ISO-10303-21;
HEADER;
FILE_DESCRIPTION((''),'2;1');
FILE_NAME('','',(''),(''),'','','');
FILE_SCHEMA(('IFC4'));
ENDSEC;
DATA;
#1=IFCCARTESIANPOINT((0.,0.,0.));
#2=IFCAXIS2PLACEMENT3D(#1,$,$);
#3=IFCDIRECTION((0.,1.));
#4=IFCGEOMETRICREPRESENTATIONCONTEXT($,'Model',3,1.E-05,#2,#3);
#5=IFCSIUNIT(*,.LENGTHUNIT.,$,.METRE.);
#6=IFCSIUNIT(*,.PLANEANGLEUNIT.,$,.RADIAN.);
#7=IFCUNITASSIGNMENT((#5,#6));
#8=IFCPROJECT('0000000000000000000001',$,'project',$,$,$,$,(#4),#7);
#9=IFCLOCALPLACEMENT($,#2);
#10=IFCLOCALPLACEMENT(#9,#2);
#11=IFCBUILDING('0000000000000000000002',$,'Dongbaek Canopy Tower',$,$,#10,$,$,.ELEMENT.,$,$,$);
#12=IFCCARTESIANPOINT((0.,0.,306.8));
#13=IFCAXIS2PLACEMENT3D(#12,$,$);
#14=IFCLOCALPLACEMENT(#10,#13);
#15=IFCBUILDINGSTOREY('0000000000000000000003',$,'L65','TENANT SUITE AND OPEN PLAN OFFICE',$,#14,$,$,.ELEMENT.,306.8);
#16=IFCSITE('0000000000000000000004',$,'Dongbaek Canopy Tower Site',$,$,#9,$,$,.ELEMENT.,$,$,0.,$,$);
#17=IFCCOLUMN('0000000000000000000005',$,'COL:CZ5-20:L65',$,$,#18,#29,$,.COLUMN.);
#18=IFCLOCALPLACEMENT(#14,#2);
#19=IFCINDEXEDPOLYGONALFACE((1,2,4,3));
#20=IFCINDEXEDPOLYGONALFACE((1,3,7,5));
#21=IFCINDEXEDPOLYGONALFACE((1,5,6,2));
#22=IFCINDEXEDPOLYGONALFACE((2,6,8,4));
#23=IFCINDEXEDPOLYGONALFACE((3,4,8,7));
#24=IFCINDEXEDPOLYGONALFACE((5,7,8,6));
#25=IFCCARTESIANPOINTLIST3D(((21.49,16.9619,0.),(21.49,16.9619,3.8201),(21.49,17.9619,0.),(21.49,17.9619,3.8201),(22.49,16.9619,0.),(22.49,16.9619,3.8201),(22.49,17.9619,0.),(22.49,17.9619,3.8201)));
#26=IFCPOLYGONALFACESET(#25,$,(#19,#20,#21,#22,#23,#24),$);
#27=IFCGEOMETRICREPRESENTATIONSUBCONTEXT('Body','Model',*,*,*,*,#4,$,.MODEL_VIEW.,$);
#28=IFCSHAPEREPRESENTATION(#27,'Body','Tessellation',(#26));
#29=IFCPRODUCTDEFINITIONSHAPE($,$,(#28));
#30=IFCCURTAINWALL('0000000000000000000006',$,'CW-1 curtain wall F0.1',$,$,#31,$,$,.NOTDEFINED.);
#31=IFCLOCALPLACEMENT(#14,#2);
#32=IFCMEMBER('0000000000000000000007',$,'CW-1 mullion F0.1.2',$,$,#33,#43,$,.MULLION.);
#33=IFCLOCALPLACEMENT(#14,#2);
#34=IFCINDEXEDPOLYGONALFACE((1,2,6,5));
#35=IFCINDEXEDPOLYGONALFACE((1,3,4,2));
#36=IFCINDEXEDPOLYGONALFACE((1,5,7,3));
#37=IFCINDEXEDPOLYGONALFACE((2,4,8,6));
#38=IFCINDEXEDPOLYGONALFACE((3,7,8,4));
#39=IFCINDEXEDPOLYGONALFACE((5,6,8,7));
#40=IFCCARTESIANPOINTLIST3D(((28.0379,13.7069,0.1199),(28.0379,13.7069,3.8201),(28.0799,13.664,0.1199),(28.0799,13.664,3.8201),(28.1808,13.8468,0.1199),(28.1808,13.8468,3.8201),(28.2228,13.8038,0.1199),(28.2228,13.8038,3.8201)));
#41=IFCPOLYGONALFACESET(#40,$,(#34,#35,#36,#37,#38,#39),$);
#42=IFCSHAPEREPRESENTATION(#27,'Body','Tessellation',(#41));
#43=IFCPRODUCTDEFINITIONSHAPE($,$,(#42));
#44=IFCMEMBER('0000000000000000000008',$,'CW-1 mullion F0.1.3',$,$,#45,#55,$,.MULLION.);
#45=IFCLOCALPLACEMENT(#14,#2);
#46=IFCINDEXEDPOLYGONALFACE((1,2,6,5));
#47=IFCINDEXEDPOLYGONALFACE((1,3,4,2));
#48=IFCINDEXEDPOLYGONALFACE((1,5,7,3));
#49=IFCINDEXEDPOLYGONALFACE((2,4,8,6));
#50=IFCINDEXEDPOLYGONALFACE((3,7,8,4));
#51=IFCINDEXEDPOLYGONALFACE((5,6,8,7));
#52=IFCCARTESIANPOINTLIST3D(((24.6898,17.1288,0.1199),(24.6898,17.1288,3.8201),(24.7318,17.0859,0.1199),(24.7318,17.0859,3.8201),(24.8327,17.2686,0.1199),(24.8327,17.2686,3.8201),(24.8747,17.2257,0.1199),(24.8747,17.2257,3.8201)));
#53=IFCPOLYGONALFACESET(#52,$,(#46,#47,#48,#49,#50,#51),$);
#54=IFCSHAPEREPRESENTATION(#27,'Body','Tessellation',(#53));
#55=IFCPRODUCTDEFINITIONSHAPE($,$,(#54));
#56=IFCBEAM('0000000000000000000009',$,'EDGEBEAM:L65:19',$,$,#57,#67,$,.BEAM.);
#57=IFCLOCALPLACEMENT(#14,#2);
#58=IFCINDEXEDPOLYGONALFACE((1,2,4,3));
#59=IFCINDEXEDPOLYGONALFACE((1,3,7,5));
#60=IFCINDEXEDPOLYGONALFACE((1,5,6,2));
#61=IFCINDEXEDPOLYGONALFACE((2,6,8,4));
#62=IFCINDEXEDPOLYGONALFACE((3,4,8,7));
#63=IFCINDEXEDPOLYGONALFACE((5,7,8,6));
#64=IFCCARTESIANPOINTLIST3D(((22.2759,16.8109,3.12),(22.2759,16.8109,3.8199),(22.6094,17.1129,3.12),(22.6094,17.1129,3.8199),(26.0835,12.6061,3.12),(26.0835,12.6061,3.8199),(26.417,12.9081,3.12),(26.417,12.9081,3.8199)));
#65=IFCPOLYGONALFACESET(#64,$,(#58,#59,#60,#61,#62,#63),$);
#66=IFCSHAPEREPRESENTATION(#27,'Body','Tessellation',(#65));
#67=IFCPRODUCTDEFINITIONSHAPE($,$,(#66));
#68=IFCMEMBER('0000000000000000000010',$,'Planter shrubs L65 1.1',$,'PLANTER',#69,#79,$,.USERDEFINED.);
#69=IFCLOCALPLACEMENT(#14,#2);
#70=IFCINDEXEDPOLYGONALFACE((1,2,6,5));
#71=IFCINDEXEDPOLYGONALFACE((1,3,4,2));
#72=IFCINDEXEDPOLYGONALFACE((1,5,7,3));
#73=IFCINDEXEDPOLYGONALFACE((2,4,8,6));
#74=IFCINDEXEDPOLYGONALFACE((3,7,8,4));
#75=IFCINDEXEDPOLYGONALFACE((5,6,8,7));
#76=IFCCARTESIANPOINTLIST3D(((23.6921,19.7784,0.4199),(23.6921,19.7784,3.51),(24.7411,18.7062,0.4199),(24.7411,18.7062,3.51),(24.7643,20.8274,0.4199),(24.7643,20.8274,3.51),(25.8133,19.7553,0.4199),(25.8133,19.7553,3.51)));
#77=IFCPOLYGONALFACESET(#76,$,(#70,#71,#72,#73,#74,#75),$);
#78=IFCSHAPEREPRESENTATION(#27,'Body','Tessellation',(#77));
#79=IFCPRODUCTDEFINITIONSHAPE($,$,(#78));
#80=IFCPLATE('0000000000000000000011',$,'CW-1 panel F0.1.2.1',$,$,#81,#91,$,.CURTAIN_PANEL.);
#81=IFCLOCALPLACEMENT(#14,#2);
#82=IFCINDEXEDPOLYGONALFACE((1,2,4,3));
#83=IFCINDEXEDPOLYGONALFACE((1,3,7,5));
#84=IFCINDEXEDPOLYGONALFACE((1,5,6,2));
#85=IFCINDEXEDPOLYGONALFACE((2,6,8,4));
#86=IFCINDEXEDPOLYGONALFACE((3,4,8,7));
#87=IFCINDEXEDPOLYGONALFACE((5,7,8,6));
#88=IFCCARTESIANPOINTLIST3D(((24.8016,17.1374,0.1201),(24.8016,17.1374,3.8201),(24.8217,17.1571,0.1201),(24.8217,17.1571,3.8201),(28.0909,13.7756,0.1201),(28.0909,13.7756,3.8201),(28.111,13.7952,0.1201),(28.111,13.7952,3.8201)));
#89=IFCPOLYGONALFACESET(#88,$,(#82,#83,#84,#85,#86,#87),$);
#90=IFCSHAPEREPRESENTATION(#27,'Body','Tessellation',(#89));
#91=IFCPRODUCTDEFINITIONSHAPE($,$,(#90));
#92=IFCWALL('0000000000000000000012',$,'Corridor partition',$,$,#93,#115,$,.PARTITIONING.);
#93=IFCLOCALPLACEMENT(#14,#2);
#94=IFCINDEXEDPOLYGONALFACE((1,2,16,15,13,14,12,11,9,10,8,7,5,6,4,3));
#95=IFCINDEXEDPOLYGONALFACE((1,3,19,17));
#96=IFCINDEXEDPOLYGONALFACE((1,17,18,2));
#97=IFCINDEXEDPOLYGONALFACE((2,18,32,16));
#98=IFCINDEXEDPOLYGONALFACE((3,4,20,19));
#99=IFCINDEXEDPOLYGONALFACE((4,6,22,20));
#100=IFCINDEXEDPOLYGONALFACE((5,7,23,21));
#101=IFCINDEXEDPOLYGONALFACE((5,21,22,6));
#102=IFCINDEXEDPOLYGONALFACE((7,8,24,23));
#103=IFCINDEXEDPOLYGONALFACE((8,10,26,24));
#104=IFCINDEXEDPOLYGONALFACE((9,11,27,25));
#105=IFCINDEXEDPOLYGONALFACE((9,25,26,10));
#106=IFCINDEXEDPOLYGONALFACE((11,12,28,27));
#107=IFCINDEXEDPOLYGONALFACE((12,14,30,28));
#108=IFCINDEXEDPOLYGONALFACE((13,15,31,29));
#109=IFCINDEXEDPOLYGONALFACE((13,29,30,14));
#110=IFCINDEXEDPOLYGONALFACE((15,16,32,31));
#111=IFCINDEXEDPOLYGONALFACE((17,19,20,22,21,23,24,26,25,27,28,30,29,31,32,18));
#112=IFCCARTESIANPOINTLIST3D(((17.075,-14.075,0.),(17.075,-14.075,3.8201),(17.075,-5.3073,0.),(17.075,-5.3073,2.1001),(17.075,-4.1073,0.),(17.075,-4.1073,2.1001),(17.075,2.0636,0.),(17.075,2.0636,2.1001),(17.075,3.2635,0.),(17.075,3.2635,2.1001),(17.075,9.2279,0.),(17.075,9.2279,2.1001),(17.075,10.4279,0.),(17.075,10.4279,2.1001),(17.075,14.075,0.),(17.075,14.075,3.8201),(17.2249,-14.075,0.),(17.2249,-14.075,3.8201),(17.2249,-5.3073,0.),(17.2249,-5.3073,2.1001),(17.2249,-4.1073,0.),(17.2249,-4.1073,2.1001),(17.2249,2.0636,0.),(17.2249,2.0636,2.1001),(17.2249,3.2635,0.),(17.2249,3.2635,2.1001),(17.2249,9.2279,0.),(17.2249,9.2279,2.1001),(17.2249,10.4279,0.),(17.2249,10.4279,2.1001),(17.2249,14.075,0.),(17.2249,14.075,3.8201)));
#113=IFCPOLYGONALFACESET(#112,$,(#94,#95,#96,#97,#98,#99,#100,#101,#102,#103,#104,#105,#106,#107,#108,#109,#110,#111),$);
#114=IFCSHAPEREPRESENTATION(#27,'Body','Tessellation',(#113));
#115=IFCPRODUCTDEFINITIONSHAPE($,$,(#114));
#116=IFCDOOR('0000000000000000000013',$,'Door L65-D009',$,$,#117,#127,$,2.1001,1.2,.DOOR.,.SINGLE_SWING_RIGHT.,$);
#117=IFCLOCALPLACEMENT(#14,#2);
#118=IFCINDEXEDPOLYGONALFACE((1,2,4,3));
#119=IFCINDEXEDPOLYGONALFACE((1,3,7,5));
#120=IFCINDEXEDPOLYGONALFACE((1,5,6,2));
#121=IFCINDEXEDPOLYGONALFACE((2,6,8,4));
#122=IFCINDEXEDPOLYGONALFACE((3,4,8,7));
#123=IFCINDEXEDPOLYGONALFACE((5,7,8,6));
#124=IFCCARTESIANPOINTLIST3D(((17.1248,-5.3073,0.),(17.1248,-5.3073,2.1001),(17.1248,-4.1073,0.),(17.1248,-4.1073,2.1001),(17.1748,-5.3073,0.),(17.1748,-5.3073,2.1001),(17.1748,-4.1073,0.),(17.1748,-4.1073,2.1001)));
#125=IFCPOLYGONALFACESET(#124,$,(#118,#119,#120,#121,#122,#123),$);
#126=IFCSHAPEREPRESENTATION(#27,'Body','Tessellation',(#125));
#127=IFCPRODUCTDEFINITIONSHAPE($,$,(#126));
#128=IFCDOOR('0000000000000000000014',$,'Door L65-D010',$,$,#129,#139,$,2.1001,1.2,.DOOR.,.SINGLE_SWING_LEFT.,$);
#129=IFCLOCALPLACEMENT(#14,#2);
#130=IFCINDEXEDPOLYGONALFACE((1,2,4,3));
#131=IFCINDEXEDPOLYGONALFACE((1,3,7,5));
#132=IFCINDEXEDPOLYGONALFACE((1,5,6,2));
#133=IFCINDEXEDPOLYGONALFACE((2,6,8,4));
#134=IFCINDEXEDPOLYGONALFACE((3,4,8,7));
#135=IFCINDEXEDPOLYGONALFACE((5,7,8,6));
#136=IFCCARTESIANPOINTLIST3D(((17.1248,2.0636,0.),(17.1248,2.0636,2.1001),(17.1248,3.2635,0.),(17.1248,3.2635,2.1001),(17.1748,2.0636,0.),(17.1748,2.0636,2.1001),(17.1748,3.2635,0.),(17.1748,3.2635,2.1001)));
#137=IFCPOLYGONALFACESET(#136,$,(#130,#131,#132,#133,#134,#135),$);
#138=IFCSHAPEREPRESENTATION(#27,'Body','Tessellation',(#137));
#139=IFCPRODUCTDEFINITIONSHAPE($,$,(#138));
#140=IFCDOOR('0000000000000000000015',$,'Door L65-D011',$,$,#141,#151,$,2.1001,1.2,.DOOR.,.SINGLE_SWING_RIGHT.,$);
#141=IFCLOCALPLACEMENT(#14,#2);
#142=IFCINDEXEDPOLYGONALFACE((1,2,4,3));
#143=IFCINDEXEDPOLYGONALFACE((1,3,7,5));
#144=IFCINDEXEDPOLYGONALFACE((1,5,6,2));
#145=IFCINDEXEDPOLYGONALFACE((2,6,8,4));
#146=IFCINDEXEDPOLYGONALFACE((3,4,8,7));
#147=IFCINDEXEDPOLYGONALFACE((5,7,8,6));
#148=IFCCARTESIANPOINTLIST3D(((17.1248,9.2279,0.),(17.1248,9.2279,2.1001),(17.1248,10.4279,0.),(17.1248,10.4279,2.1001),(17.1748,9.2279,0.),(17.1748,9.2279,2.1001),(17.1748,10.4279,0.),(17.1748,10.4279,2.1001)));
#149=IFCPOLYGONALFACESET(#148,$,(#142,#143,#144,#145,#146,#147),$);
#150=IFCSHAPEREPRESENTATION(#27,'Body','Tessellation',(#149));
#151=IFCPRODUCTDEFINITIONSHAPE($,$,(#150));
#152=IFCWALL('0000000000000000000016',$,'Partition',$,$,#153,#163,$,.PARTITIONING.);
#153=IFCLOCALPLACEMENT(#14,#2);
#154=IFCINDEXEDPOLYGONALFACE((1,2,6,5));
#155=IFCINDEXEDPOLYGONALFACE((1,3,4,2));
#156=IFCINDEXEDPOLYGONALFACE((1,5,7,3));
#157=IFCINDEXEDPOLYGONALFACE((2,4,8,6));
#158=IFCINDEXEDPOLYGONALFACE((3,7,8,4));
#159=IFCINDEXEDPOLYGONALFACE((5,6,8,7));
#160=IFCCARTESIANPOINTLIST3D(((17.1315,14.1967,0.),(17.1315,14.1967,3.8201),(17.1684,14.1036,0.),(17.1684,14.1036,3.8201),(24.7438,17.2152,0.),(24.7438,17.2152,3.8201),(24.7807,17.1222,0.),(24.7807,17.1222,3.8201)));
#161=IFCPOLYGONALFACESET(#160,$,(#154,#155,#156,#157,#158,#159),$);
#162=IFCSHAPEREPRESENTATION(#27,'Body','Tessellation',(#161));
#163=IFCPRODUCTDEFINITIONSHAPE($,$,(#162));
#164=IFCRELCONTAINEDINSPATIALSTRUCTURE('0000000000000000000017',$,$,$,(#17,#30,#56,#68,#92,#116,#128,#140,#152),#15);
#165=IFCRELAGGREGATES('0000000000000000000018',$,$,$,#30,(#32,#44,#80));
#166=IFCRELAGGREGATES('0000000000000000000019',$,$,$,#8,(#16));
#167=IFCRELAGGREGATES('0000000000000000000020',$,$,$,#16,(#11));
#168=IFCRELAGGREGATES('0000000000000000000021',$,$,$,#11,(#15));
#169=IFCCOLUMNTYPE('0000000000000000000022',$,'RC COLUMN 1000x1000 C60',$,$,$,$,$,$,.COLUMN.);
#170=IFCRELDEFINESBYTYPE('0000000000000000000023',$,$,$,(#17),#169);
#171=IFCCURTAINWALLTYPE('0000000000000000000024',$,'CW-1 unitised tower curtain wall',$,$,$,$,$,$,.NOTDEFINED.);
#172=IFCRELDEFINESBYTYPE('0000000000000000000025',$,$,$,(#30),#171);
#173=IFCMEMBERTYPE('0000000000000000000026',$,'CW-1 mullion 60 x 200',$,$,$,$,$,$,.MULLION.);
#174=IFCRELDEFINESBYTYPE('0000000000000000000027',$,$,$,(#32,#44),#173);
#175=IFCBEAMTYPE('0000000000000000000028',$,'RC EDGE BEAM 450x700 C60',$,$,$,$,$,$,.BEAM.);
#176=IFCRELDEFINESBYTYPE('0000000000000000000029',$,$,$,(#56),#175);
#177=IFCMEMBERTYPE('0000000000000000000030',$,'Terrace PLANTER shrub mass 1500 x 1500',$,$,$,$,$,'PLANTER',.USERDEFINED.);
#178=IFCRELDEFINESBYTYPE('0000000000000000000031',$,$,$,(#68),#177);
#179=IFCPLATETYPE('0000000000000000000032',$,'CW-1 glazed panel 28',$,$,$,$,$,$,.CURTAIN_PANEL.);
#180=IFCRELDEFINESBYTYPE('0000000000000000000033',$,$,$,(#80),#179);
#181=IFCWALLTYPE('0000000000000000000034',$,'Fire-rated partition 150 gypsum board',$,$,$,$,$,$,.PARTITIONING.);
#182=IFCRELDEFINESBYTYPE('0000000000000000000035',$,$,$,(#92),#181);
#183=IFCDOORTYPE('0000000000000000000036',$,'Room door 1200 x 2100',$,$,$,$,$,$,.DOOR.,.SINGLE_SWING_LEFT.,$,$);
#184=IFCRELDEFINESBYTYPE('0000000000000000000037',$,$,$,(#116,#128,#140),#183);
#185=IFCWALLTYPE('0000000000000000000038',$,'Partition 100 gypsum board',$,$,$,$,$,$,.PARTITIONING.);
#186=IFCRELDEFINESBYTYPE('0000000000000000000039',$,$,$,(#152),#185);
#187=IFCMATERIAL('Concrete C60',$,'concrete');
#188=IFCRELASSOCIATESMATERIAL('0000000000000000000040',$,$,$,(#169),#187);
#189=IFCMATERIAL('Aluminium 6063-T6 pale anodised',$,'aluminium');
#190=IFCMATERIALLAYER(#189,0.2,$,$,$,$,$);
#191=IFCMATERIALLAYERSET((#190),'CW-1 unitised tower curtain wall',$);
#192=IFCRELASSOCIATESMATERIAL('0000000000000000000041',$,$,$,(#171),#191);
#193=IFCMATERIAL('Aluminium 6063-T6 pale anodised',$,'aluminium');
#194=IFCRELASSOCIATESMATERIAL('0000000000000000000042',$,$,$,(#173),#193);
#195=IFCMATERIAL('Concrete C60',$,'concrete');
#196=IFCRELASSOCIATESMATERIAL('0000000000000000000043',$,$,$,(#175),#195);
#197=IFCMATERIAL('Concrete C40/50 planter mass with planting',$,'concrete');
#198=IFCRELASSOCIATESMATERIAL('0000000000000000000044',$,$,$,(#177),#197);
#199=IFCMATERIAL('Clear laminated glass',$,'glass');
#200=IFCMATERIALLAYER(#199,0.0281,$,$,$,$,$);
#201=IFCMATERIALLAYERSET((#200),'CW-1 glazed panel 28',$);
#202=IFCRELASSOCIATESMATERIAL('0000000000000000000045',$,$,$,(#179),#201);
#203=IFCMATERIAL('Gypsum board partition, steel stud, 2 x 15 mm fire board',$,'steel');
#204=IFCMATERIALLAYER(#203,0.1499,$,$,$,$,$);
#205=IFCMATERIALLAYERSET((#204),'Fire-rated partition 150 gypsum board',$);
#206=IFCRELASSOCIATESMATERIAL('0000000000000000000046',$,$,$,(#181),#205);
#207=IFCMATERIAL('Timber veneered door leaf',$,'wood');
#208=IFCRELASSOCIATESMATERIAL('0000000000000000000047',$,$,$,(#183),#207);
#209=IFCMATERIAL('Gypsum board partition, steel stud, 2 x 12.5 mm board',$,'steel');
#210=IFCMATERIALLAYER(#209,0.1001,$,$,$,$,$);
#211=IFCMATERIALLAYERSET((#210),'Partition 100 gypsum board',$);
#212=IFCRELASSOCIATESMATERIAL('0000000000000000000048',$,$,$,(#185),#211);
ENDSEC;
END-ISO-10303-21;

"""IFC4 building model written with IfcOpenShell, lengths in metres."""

from ifc_helpers import new_model, si_unit, direction, frame, frame_2d, origin, origin_2d, place, context, subcontext, project, spatial, rectangle, extrude, material, layer, layer_set, material_profile, profile_set, type_object, element, fill, aggregate, save


model = new_model("IFC4")

# Units and contexts
model_context = context("Model", 3, precision=1e-05, world=origin(), true_north=direction((0.0, 1.0)))
body_context = subcontext(model_context, "Body", "Model", "MODEL_VIEW")
ifc_project = project(units=[si_unit("LENGTHUNIT", "METRE"), si_unit("PLANEANGLEUNIT", "RADIAN")], contexts=[model_context])

# Site, building, storey
site_placement = place(None, origin())
site = spatial("IfcSite", under=ifc_project, at=site_placement, Name="Dongbaek Canopy Tower Site", CompositionType="ELEMENT", RefElevation=0.0)
building_placement = place(site_placement, origin())
building = spatial("IfcBuilding", under=site, at=building_placement, Name="Dongbaek Canopy Tower", CompositionType="ELEMENT")
storey_placement = place(building_placement, frame((0.0, 0.0, 306.8)))
storey = spatial("IfcBuildingStorey", under=building, at=storey_placement, Name="L65", Description="TENANT SUITE AND OPEN PLAN OFFICE", CompositionType="ELEMENT", Elevation=306.8)

# Column
ifc_material_1 = material(Name="Concrete C60", Category="concrete")
ifc_material_profile_1 = material_profile(ifc_material_1, rectangle(XDim=1.0, YDim=1.0, at=origin_2d()), Name="RC COLUMN 1000x1000 C60")
ifc_profile_set_1 = profile_set([ifc_material_profile_1], Name="Concrete C60")
column_type = type_object("IfcColumnType", Name="RC COLUMN 1000x1000 C60", PredefinedType="COLUMN", material=ifc_profile_set_1)
column_placement = place(storey_placement, frame((21.99, 17.4619, 0.0), z_axis=(0.0, 0.0, 1.0), x_axis=(1.0, 0.0, 0.0)))
element("IfcColumn", 1, at=column_placement, inside=storey, type_object=column_type, Name="COL:CZ5-20:L65", PredefinedType="COLUMN", context=body_context, shape_type="SweptSolid", body=[
    extrude(rectangle(XDim=1.0, YDim=1.0, at=origin_2d()), origin(), (0.0, 0.0, 1.0), 3.8201),
])

# Curtain wall, members
ifc_material_2 = material(Name="Aluminium 6063-T6 pale anodised", Category="aluminium")
ifc_layer_1 = layer(ifc_material_2, 0.2)
ifc_layer_set_1 = layer_set([ifc_layer_1], Name="CW-1 unitised tower curtain wall")
curtain_wall_type = type_object("IfcCurtainWallType", Name="CW-1 unitised tower curtain wall", PredefinedType="NOTDEFINED", material=ifc_layer_set_1)
curtain_wall_placement = place(storey_placement, origin())
curtain_wall = element("IfcCurtainWall", 2, at=curtain_wall_placement, inside=storey, type_object=curtain_wall_type, Name="CW-1 curtain wall F0.1", PredefinedType="NOTDEFINED")
ifc_material_3 = material(Name="Aluminium 6063-T6 pale anodised", Category="aluminium")
ifc_material_profile_2 = material_profile(ifc_material_3, rectangle(XDim=0.2, YDim=0.0601, at=origin_2d()), Name="CW-1 mullion 60 x 200")
ifc_profile_set_2 = profile_set([ifc_material_profile_2], Name="Aluminium 6063-T6 pale anodised")
member_type_1 = type_object("IfcMemberType", Name="CW-1 mullion 60 x 200", PredefinedType="MULLION", material=ifc_profile_set_2)
member_1_placement = place(storey_placement, frame((28.1304, 13.7554, 0.1199), z_axis=(0.0, 0.0, 1.0), x_axis=(0.71478, 0.699349, 0.0)))
member_1 = element("IfcMember", 3, at=member_1_placement, type_object=member_type_1, Name="CW-1 mullion F0.1.2", PredefinedType="MULLION", context=body_context, shape_type="SweptSolid", body=[
    extrude(rectangle(XDim=0.2, YDim=0.0601, at=origin_2d()), origin(), (0.0, 0.0, 1.0), 3.7002),
])
member_2_placement = place(storey_placement, frame((24.7822, 17.1772, 0.1199), z_axis=(0.0, 0.0, 1.0), x_axis=(0.71478, 0.699349, 0.0)))
member_2 = element("IfcMember", 4, at=member_2_placement, type_object=member_type_1, Name="CW-1 mullion F0.1.3", PredefinedType="MULLION", context=body_context, shape_type="SweptSolid", body=[
    extrude(rectangle(XDim=0.2, YDim=0.0601, at=origin_2d()), origin(), (0.0, 0.0, 1.0), 3.7002),
])

# Beam
ifc_material_4 = material(Name="Concrete C60", Category="concrete")
ifc_material_profile_3 = material_profile(ifc_material_4, rectangle(XDim=0.45, YDim=0.7, at=origin_2d()), Name="RC EDGE BEAM 450x700 C60")
ifc_profile_set_3 = profile_set([ifc_material_profile_3], Name="Concrete C60")
beam_type = type_object("IfcBeamType", Name="RC EDGE BEAM 450x700 C60", PredefinedType="BEAM", material=ifc_profile_set_3)
beam_placement = place(storey_placement, frame((22.4426, 16.9619, 3.47), z_axis=(0.671228, -0.741251, 0.0), x_axis=(0.741251, 0.671228, 0.0)))
element("IfcBeam", 5, at=beam_placement, inside=storey, type_object=beam_type, Name="EDGEBEAM:L65:19", PredefinedType="BEAM", context=body_context, shape_type="SweptSolid", body=[
    extrude(rectangle(XDim=0.45, YDim=0.7, at=origin_2d()), origin(), (0.0, 0.0, 1.0), 5.6726),
])

# Member
ifc_material_5 = material(Name="Concrete C40/50 planter mass with planting", Category="concrete")
ifc_material_profile_4 = material_profile(ifc_material_5, rectangle(XDim=1.5, YDim=1.5, at=origin_2d()), Name="Terrace PLANTER shrub mass 1500 x 1500")
ifc_profile_set_4 = profile_set([ifc_material_profile_4], Name="Concrete C40/50 planter mass with planting")
member_type_2 = type_object("IfcMemberType", Name="Terrace PLANTER shrub mass 1500 x 1500", ElementType="PLANTER", PredefinedType="USERDEFINED", material=ifc_profile_set_4)
member_3_placement = place(storey_placement, frame((24.7527, 19.7668, 0.4199), z_axis=(0.0, 0.0, 1.0), x_axis=(0.71478, 0.699349, 0.0)))
element("IfcMember", 6, at=member_3_placement, inside=storey, type_object=member_type_2, Name="Planter shrubs L65 1.1", ObjectType="PLANTER", PredefinedType="USERDEFINED", context=body_context, shape_type="SweptSolid", body=[
    extrude(rectangle(XDim=1.5, YDim=1.5, at=origin_2d()), origin(), (0.0, 0.0, 1.0), 3.0901),
])

# Plate
ifc_material_6 = material(Name="Clear laminated glass", Category="glass")
ifc_layer_2 = layer(ifc_material_6, 0.0281)
ifc_layer_set_2 = layer_set([ifc_layer_2], Name="CW-1 glazed panel 28")
plate_type = type_object("IfcPlateType", Name="CW-1 glazed panel 28", PredefinedType="CURTAIN_PANEL", material=ifc_layer_set_2)
plate_placement = place(storey_placement, frame((26.4563, 15.4663, 0.1201), z_axis=(0.0, 0.0, 1.0), x_axis=(-0.699349, 0.71478, 0.0)))
plate = element("IfcPlate", 7, at=plate_placement, type_object=plate_type, Name="CW-1 panel F0.1.2.1", PredefinedType="CURTAIN_PANEL", context=body_context, shape_type="SweptSolid", body=[
    extrude(rectangle(XDim=4.7034, YDim=0.0281, at=origin_2d()), origin(), (0.0, 0.0, 1.0), 3.7),
])
aggregate(curtain_wall, [member_1, member_2, plate])

# Wall, openings, doors
ifc_material_7 = material(Name="Gypsum board partition, steel stud, 2 x 15 mm fire board", Category="steel")
ifc_layer_3 = layer(ifc_material_7, 0.1499)
ifc_layer_set_3 = layer_set([ifc_layer_3], Name="Fire-rated partition 150 gypsum board")
wall_type_1 = type_object("IfcWallType", Name="Fire-rated partition 150 gypsum board", PredefinedType="PARTITIONING", material=ifc_layer_set_3)
wall_1_placement = place(storey_placement, frame((17.1499, 14.075, 0.0), z_axis=(0.0, 0.0, 1.0), x_axis=(0.0, -1.0, 0.0)))
wall_1 = element("IfcWall", 8, at=wall_1_placement, inside=storey, type_object=wall_type_1, Name="Corridor partition", PredefinedType="PARTITIONING", context=body_context, shape_type="SweptSolid", body=[
    extrude(rectangle(XDim=28.1499, YDim=0.1499, at=frame_2d((14.075, 0.0))), origin(), (0.0, 0.0, 1.0), 3.8201),
])
opening_1_placement = place(wall_1_placement, frame((18.1821, 0.0, 0.0)))
opening_1 = element("IfcOpeningElement", 9, at=opening_1_placement, cuts=wall_1, PredefinedType="OPENING", context=body_context, shape_type="SweptSolid", body=[
    extrude(rectangle(XDim=1.2, YDim=2.1001, at=frame_2d((0.6001, 1.05))), frame((0.0, 0.085, 0.0), z_axis=(0.0, -1.0, 0.0), x_axis=(1.0, 0.0, 0.0)), (0.0, 0.0, 1.0), 0.1699),
])
opening_2_placement = place(wall_1_placement, frame((10.8113, 0.0, 0.0)))
opening_2 = element("IfcOpeningElement", 10, at=opening_2_placement, cuts=wall_1, PredefinedType="OPENING", context=body_context, shape_type="SweptSolid", body=[
    extrude(rectangle(XDim=1.2, YDim=2.1001, at=frame_2d((0.6001, 1.05))), frame((0.0, 0.085, 0.0), z_axis=(0.0, -1.0, 0.0), x_axis=(1.0, 0.0, 0.0)), (0.0, 0.0, 1.0), 0.1699),
])
opening_3_placement = place(wall_1_placement, frame((3.647, 0.0, 0.0)))
opening_3 = element("IfcOpeningElement", 11, at=opening_3_placement, cuts=wall_1, PredefinedType="OPENING", context=body_context, shape_type="SweptSolid", body=[
    extrude(rectangle(XDim=1.2, YDim=2.1001, at=frame_2d((0.6001, 1.05))), frame((0.0, 0.085, 0.0), z_axis=(0.0, -1.0, 0.0), x_axis=(1.0, 0.0, 0.0)), (0.0, 0.0, 1.0), 0.1699),
])
ifc_material_8 = material(Name="Timber veneered door leaf", Category="wood")
door_type_1 = type_object("IfcDoorType", Name="Room door 1200 x 2100", OperationType="SINGLE_SWING_LEFT", PredefinedType="DOOR", material=ifc_material_8)
door_1_placement = place(opening_1_placement, origin())
door_1 = element("IfcDoor", 12, at=door_1_placement, inside=storey, type_object=door_type_1, Name="Door L65-D009", OperationType="SINGLE_SWING_RIGHT", OverallHeight=2.1001, OverallWidth=1.2, PredefinedType="DOOR", context=body_context, shape_type="SweptSolid", body=[
    extrude(rectangle(XDim=1.2, YDim=2.1001, at=frame_2d((0.6001, 1.05))), frame((0.0, 0.0249, 0.0), z_axis=(0.0, -1.0, 0.0), x_axis=(1.0, 0.0, 0.0)), (0.0, 0.0, 1.0), 0.05),
])
fill(opening_1, door_1)
door_2_placement = place(opening_2_placement, origin())
door_2 = element("IfcDoor", 13, at=door_2_placement, inside=storey, type_object=door_type_1, Name="Door L65-D010", OperationType="SINGLE_SWING_LEFT", OverallHeight=2.1001, OverallWidth=1.2, PredefinedType="DOOR", context=body_context, shape_type="SweptSolid", body=[
    extrude(rectangle(XDim=1.2, YDim=2.1001, at=frame_2d((0.6001, 1.05))), frame((0.0, 0.0249, 0.0), z_axis=(0.0, -1.0, 0.0), x_axis=(1.0, 0.0, 0.0)), (0.0, 0.0, 1.0), 0.05),
])
fill(opening_2, door_2)
door_3_placement = place(opening_3_placement, origin())
door_3 = element("IfcDoor", 14, at=door_3_placement, inside=storey, type_object=door_type_1, Name="Door L65-D011", OperationType="SINGLE_SWING_RIGHT", OverallHeight=2.1001, OverallWidth=1.2, PredefinedType="DOOR", context=body_context, shape_type="SweptSolid", body=[
    extrude(rectangle(XDim=1.2, YDim=2.1001, at=frame_2d((0.6001, 1.05))), frame((0.0, 0.0249, 0.0), z_axis=(0.0, -1.0, 0.0), x_axis=(1.0, 0.0, 0.0)), (0.0, 0.0, 1.0), 0.05),
])
fill(opening_3, door_3)

# Wall
ifc_material_9 = material(Name="Gypsum board partition, steel stud, 2 x 12.5 mm board", Category="steel")
ifc_layer_4 = layer(ifc_material_9, 0.1001)
ifc_layer_set_4 = layer_set([ifc_layer_4], Name="Partition 100 gypsum board")
wall_type_2 = type_object("IfcWallType", Name="Partition 100 gypsum board", PredefinedType="PARTITIONING", material=ifc_layer_set_4)
wall_2_placement = place(storey_placement, frame((17.1499, 14.1501, 0.0), z_axis=(0.0, 0.0, 1.0), x_axis=(0.929583, 0.368613, 0.0)))
element("IfcWall", 15, at=wall_2_placement, inside=storey, type_object=wall_type_2, Name="Partition", PredefinedType="PARTITIONING", context=body_context, shape_type="SweptSolid", body=[
    extrude(rectangle(XDim=8.189, YDim=0.1001, at=frame_2d((4.0945, 0.0))), origin(), (0.0, 0.0, 1.0), 3.8201),
])

save(model, "model.ifc")
